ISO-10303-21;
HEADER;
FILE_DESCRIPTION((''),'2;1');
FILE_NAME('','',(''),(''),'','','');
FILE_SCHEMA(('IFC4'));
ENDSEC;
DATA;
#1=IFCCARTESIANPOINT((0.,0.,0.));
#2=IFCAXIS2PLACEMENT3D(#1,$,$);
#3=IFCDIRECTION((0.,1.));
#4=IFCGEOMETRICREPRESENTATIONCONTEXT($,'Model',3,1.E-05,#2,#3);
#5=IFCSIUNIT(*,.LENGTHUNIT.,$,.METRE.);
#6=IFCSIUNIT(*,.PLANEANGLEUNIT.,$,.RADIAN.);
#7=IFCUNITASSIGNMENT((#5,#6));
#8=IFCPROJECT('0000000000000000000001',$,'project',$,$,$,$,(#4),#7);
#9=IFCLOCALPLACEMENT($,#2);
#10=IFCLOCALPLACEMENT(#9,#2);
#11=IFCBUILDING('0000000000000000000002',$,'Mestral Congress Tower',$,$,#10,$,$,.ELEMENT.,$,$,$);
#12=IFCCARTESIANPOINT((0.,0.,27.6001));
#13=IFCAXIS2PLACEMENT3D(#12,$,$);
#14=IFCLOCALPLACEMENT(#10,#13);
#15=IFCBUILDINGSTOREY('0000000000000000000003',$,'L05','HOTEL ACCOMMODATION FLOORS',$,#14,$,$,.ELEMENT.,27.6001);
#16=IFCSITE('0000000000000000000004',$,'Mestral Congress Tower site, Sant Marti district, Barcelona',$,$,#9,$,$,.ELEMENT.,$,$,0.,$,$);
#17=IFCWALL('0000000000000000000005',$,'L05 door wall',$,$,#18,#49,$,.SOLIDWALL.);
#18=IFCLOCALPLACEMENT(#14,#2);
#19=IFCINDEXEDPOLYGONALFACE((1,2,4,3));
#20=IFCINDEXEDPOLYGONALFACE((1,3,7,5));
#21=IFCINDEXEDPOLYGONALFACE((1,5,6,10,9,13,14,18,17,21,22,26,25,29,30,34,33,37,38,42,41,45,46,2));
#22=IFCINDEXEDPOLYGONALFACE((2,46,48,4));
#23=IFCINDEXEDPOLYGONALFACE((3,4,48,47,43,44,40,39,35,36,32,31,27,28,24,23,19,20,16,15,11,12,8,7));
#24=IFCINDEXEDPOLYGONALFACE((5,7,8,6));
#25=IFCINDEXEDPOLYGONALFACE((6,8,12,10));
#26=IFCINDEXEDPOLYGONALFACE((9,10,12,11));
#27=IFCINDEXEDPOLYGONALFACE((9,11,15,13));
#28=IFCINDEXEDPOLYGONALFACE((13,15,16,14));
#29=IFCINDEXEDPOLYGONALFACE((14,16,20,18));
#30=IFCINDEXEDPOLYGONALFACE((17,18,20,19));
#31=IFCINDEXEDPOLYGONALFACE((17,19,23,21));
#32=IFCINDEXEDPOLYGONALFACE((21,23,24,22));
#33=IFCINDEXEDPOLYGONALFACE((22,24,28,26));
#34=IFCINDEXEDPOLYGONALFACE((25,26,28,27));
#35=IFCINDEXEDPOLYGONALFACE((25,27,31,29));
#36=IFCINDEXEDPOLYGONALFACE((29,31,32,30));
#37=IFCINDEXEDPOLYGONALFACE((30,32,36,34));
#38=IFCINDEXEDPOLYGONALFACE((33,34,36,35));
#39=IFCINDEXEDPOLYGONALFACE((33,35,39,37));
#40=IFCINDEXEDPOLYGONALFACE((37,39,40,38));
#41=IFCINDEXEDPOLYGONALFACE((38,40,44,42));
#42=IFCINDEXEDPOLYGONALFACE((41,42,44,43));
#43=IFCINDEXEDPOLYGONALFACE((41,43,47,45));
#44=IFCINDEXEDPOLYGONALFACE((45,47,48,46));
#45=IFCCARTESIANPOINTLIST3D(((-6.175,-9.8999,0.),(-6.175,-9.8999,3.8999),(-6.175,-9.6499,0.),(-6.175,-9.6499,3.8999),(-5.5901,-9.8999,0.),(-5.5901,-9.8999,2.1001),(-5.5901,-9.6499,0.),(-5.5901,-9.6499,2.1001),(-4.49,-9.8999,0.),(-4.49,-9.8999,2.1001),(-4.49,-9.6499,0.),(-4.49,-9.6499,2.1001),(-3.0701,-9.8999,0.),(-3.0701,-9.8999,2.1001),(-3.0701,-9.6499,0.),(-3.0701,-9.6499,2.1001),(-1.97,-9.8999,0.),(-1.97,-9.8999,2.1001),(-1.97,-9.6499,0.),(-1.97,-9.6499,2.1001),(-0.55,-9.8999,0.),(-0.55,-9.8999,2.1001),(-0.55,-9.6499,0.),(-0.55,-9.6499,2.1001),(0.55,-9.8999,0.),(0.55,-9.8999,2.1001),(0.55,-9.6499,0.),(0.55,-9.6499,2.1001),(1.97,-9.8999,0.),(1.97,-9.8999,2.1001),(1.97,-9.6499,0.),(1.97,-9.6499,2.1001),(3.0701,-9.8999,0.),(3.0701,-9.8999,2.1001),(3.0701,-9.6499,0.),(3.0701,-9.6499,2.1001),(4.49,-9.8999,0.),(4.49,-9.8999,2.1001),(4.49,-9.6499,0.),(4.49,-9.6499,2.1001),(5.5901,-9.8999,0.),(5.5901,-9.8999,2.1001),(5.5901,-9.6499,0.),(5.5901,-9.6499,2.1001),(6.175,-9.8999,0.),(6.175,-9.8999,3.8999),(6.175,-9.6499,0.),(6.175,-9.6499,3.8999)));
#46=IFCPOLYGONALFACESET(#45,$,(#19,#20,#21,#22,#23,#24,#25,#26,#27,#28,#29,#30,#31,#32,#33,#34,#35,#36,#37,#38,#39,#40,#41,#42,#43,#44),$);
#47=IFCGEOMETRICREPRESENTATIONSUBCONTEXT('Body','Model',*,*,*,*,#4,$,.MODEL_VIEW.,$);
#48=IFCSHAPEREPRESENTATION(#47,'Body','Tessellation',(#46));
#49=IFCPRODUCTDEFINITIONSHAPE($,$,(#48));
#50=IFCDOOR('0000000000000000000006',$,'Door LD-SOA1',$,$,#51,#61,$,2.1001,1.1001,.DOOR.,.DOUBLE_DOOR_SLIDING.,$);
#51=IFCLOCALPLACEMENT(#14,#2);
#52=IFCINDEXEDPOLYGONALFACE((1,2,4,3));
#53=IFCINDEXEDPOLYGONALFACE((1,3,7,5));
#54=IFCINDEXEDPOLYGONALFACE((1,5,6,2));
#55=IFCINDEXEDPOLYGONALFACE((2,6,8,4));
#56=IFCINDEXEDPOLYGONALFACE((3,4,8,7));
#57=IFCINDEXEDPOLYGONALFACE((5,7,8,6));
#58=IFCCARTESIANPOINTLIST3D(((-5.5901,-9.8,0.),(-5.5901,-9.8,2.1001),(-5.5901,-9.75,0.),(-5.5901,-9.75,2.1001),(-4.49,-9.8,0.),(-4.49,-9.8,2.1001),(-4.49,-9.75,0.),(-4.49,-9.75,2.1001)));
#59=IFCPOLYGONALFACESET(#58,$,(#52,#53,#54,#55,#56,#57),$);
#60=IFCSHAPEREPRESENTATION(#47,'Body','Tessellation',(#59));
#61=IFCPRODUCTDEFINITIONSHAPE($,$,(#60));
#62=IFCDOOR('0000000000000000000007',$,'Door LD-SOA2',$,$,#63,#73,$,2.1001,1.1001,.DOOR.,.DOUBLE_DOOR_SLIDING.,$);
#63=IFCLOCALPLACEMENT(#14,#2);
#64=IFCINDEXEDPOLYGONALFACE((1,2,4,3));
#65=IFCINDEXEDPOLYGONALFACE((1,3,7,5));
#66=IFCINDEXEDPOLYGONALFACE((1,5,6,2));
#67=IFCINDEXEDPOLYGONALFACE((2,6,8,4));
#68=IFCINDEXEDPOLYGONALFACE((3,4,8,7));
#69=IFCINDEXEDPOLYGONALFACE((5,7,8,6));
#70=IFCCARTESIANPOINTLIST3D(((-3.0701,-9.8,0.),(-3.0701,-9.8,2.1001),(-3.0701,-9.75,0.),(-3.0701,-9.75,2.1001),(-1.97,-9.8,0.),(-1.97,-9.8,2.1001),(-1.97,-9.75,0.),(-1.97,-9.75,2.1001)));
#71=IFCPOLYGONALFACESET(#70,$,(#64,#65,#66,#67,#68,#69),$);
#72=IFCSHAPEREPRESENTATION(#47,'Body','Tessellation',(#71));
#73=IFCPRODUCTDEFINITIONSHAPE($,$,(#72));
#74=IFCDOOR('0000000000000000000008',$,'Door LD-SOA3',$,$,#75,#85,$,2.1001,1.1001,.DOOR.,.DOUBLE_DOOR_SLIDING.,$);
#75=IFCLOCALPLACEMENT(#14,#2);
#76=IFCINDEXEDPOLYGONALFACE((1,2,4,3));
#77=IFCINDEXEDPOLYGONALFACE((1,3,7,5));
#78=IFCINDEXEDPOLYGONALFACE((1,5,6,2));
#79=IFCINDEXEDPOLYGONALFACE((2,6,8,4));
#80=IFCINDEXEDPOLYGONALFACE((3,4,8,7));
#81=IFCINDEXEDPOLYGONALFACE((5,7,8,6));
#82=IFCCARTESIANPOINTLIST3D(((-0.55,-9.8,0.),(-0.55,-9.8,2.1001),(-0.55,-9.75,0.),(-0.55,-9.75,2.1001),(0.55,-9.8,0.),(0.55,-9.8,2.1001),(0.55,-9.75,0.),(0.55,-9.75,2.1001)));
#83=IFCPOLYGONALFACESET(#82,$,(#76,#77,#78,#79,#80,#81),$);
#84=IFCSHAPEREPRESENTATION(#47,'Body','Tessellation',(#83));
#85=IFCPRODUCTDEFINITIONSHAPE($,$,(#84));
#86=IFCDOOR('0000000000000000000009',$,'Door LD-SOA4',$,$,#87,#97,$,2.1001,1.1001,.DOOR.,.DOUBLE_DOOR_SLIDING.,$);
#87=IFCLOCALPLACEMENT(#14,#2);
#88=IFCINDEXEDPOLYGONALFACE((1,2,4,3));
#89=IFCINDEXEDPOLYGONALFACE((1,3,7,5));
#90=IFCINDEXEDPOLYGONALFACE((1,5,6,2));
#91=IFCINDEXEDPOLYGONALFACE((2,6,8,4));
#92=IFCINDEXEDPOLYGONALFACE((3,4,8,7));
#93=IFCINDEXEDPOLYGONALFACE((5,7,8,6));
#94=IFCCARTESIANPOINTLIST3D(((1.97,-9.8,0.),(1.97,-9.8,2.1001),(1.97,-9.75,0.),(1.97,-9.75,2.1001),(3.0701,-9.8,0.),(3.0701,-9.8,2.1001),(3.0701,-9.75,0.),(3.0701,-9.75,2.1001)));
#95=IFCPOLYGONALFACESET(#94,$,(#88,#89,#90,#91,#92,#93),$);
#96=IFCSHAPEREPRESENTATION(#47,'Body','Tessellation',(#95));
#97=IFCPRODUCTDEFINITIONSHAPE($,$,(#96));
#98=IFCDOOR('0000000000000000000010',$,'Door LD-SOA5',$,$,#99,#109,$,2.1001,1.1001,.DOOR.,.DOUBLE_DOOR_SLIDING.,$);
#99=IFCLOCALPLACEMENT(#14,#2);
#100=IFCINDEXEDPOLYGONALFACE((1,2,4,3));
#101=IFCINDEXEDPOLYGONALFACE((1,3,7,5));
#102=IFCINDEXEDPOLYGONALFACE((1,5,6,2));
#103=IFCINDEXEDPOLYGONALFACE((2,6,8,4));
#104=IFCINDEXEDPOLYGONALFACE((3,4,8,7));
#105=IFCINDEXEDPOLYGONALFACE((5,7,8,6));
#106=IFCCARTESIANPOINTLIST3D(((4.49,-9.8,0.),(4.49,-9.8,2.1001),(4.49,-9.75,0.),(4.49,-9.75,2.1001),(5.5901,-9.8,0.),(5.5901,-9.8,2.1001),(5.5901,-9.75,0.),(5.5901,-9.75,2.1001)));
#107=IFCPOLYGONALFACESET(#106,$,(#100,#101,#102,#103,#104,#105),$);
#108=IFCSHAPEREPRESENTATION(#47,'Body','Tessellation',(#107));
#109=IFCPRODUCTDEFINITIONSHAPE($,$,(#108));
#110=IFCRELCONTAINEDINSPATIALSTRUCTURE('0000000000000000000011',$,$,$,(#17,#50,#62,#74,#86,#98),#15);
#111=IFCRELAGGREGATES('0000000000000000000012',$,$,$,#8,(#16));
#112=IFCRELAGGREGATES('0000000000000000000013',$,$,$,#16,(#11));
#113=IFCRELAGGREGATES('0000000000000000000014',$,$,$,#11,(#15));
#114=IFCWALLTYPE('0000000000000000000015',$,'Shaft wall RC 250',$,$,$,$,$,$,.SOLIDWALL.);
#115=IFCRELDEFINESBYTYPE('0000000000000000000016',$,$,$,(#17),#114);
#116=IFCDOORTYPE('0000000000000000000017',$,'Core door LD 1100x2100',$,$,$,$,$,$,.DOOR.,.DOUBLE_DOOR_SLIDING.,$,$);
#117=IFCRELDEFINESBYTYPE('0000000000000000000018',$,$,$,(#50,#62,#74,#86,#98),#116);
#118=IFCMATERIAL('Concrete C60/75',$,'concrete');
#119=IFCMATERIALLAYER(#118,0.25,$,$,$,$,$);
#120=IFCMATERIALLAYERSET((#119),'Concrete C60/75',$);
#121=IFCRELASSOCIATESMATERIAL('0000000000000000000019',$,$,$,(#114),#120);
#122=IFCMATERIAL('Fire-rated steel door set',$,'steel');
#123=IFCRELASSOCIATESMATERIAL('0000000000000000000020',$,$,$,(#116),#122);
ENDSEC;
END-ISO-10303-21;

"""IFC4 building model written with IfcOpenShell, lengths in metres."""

from ifc_helpers import new_model, si_unit, direction, frame, frame_2d, origin, place, context, subcontext, project, spatial, rectangle, extrude, material, layer, layer_set, type_object, element, fill, save


model = new_model("IFC4")

# Units and contexts
model_context = context("Model", 3, precision=1e-05, world=origin(), true_north=direction((0.0, 1.0)))
body_context = subcontext(model_context, "Body", "Model", "MODEL_VIEW")
ifc_project = project(units=[si_unit("LENGTHUNIT", "METRE"), si_unit("PLANEANGLEUNIT", "RADIAN")], contexts=[model_context])

# Site, building, storey
site_placement = place(None, origin())
site = spatial("IfcSite", under=ifc_project, at=site_placement, Name="Mestral Congress Tower site, Sant Marti district, Barcelona", CompositionType="ELEMENT", RefElevation=0.0)
building_placement = place(site_placement, origin())
building = spatial("IfcBuilding", under=site, at=building_placement, Name="Mestral Congress Tower", CompositionType="ELEMENT")
storey_placement = place(building_placement, frame((0.0, 0.0, 27.6001)))
storey = spatial("IfcBuildingStorey", under=building, at=storey_placement, Name="L05", Description="HOTEL ACCOMMODATION FLOORS", CompositionType="ELEMENT", Elevation=27.6001)

# Shared definitions
ifc_material_1 = material(Name="Fire-rated steel door set", Category="steel")

# Shared definitions
ifc_material_2 = material(Name="Concrete C60/75", Category="concrete")
ifc_layer_1 = layer(ifc_material_2, 0.25)
ifc_layer_set_1 = layer_set([ifc_layer_1], Name="Concrete C60/75")
wall_type_1 = type_object("IfcWallType", Name="Shaft wall RC 250", PredefinedType="SOLIDWALL", material=ifc_layer_set_1)

# Wall, openings, doors
wall_1_placement = place(storey_placement, frame((-6.175, -9.7749, 0.0), z_axis=(0.0, 0.0, 1.0), x_axis=(1.0, 0.0, 0.0)))
wall_1 = element("IfcWall", 1, at=wall_1_placement, inside=storey, type_object=wall_type_1, Name="L05 door wall", PredefinedType="SOLIDWALL", context=body_context, shape_type="SweptSolid", body=[
    extrude(rectangle(XDim=12.3501, YDim=0.25, at=frame_2d((6.175, 0.0))), origin(), (0.0, 0.0, 1.0), 3.8999),
])
opening_1_placement = place(wall_1_placement, frame((0.585, 0.0, 0.0)))
opening_1 = element("IfcOpeningElement", 2, at=opening_1_placement, cuts=wall_1, PredefinedType="OPENING", context=body_context, shape_type="SweptSolid", body=[
    extrude(rectangle(XDim=1.1001, YDim=2.1001, at=frame_2d((0.55, 1.05))), frame((0.0, 0.135, 0.0), z_axis=(0.0, -1.0, 0.0), x_axis=(1.0, 0.0, 0.0)), (0.0, 0.0, 1.0), 0.27),
])
opening_2_placement = place(wall_1_placement, frame((3.105, 0.0, 0.0)))
opening_2 = element("IfcOpeningElement", 3, at=opening_2_placement, cuts=wall_1, PredefinedType="OPENING", context=body_context, shape_type="SweptSolid", body=[
    extrude(rectangle(XDim=1.1001, YDim=2.1001, at=frame_2d((0.55, 1.05))), frame((0.0, 0.135, 0.0), z_axis=(0.0, -1.0, 0.0), x_axis=(1.0, 0.0, 0.0)), (0.0, 0.0, 1.0), 0.27),
])
opening_3_placement = place(wall_1_placement, frame((5.625, 0.0, 0.0)))
opening_3 = element("IfcOpeningElement", 4, at=opening_3_placement, cuts=wall_1, PredefinedType="OPENING", context=body_context, shape_type="SweptSolid", body=[
    extrude(rectangle(XDim=1.1001, YDim=2.1001, at=frame_2d((0.55, 1.05))), frame((0.0, 0.135, 0.0), z_axis=(0.0, -1.0, 0.0), x_axis=(1.0, 0.0, 0.0)), (0.0, 0.0, 1.0), 0.27),
])
opening_4_placement = place(wall_1_placement, frame((8.145, 0.0, 0.0)))
opening_4 = element("IfcOpeningElement", 5, at=opening_4_placement, cuts=wall_1, PredefinedType="OPENING", context=body_context, shape_type="SweptSolid", body=[
    extrude(rectangle(XDim=1.1001, YDim=2.1001, at=frame_2d((0.55, 1.05))), frame((0.0, 0.135, 0.0), z_axis=(0.0, -1.0, 0.0), x_axis=(1.0, 0.0, 0.0)), (0.0, 0.0, 1.0), 0.27),
])
opening_5_placement = place(wall_1_placement, frame((10.665, 0.0, 0.0)))
opening_5 = element("IfcOpeningElement", 6, at=opening_5_placement, cuts=wall_1, PredefinedType="OPENING", context=body_context, shape_type="SweptSolid", body=[
    extrude(rectangle(XDim=1.1001, YDim=2.1001, at=frame_2d((0.55, 1.05))), frame((0.0, 0.135, 0.0), z_axis=(0.0, -1.0, 0.0), x_axis=(1.0, 0.0, 0.0)), (0.0, 0.0, 1.0), 0.27),
])
door_type_1 = type_object("IfcDoorType", Name="Core door LD 1100x2100", OperationType="DOUBLE_DOOR_SLIDING", PredefinedType="DOOR", material=ifc_material_1)
door_1_placement = place(opening_1_placement, origin())
door_1 = element("IfcDoor", 7, at=door_1_placement, inside=storey, type_object=door_type_1, Name="Door LD-SOA1", OperationType="DOUBLE_DOOR_SLIDING", OverallHeight=2.1001, OverallWidth=1.1001, PredefinedType="DOOR", context=body_context, shape_type="SweptSolid", body=[
    extrude(rectangle(XDim=1.1001, YDim=2.1001, at=frame_2d((0.55, 1.05))), frame((0.0, 0.0249, 0.0), z_axis=(0.0, -1.0, 0.0), x_axis=(1.0, 0.0, 0.0)), (0.0, 0.0, 1.0), 0.05),
])
fill(opening_1, door_1)
door_2_placement = place(opening_2_placement, origin())
door_2 = element("IfcDoor", 8, at=door_2_placement, inside=storey, type_object=door_type_1, Name="Door LD-SOA2", OperationType="DOUBLE_DOOR_SLIDING", OverallHeight=2.1001, OverallWidth=1.1001, PredefinedType="DOOR", context=body_context, shape_type="SweptSolid", body=[
    extrude(rectangle(XDim=1.1001, YDim=2.1001, at=frame_2d((0.55, 1.05))), frame((0.0, 0.0249, 0.0), z_axis=(0.0, -1.0, 0.0), x_axis=(1.0, 0.0, 0.0)), (0.0, 0.0, 1.0), 0.05),
])
fill(opening_2, door_2)
door_3_placement = place(opening_3_placement, origin())
door_3 = element("IfcDoor", 9, at=door_3_placement, inside=storey, type_object=door_type_1, Name="Door LD-SOA3", OperationType="DOUBLE_DOOR_SLIDING", OverallHeight=2.1001, OverallWidth=1.1001, PredefinedType="DOOR", context=body_context, shape_type="SweptSolid", body=[
    extrude(rectangle(XDim=1.1001, YDim=2.1001, at=frame_2d((0.55, 1.05))), frame((0.0, 0.0249, 0.0), z_axis=(0.0, -1.0, 0.0), x_axis=(1.0, 0.0, 0.0)), (0.0, 0.0, 1.0), 0.05),
])
fill(opening_3, door_3)
door_4_placement = place(opening_4_placement, origin())
door_4 = element("IfcDoor", 10, at=door_4_placement, inside=storey, type_object=door_type_1, Name="Door LD-SOA4", OperationType="DOUBLE_DOOR_SLIDING", OverallHeight=2.1001, OverallWidth=1.1001, PredefinedType="DOOR", context=body_context, shape_type="SweptSolid", body=[
    extrude(rectangle(XDim=1.1001, YDim=2.1001, at=frame_2d((0.55, 1.05))), frame((0.0, 0.0249, 0.0), z_axis=(0.0, -1.0, 0.0), x_axis=(1.0, 0.0, 0.0)), (0.0, 0.0, 1.0), 0.05),
])
fill(opening_4, door_4)
door_5_placement = place(opening_5_placement, origin())
door_5 = element("IfcDoor", 11, at=door_5_placement, inside=storey, type_object=door_type_1, Name="Door LD-SOA5", OperationType="DOUBLE_DOOR_SLIDING", OverallHeight=2.1001, OverallWidth=1.1001, PredefinedType="DOOR", context=body_context, shape_type="SweptSolid", body=[
    extrude(rectangle(XDim=1.1001, YDim=2.1001, at=frame_2d((0.55, 1.05))), frame((0.0, 0.0249, 0.0), z_axis=(0.0, -1.0, 0.0), x_axis=(1.0, 0.0, 0.0)), (0.0, 0.0, 1.0), 0.05),
])
fill(opening_5, door_5)

save(model, "model.ifc")
